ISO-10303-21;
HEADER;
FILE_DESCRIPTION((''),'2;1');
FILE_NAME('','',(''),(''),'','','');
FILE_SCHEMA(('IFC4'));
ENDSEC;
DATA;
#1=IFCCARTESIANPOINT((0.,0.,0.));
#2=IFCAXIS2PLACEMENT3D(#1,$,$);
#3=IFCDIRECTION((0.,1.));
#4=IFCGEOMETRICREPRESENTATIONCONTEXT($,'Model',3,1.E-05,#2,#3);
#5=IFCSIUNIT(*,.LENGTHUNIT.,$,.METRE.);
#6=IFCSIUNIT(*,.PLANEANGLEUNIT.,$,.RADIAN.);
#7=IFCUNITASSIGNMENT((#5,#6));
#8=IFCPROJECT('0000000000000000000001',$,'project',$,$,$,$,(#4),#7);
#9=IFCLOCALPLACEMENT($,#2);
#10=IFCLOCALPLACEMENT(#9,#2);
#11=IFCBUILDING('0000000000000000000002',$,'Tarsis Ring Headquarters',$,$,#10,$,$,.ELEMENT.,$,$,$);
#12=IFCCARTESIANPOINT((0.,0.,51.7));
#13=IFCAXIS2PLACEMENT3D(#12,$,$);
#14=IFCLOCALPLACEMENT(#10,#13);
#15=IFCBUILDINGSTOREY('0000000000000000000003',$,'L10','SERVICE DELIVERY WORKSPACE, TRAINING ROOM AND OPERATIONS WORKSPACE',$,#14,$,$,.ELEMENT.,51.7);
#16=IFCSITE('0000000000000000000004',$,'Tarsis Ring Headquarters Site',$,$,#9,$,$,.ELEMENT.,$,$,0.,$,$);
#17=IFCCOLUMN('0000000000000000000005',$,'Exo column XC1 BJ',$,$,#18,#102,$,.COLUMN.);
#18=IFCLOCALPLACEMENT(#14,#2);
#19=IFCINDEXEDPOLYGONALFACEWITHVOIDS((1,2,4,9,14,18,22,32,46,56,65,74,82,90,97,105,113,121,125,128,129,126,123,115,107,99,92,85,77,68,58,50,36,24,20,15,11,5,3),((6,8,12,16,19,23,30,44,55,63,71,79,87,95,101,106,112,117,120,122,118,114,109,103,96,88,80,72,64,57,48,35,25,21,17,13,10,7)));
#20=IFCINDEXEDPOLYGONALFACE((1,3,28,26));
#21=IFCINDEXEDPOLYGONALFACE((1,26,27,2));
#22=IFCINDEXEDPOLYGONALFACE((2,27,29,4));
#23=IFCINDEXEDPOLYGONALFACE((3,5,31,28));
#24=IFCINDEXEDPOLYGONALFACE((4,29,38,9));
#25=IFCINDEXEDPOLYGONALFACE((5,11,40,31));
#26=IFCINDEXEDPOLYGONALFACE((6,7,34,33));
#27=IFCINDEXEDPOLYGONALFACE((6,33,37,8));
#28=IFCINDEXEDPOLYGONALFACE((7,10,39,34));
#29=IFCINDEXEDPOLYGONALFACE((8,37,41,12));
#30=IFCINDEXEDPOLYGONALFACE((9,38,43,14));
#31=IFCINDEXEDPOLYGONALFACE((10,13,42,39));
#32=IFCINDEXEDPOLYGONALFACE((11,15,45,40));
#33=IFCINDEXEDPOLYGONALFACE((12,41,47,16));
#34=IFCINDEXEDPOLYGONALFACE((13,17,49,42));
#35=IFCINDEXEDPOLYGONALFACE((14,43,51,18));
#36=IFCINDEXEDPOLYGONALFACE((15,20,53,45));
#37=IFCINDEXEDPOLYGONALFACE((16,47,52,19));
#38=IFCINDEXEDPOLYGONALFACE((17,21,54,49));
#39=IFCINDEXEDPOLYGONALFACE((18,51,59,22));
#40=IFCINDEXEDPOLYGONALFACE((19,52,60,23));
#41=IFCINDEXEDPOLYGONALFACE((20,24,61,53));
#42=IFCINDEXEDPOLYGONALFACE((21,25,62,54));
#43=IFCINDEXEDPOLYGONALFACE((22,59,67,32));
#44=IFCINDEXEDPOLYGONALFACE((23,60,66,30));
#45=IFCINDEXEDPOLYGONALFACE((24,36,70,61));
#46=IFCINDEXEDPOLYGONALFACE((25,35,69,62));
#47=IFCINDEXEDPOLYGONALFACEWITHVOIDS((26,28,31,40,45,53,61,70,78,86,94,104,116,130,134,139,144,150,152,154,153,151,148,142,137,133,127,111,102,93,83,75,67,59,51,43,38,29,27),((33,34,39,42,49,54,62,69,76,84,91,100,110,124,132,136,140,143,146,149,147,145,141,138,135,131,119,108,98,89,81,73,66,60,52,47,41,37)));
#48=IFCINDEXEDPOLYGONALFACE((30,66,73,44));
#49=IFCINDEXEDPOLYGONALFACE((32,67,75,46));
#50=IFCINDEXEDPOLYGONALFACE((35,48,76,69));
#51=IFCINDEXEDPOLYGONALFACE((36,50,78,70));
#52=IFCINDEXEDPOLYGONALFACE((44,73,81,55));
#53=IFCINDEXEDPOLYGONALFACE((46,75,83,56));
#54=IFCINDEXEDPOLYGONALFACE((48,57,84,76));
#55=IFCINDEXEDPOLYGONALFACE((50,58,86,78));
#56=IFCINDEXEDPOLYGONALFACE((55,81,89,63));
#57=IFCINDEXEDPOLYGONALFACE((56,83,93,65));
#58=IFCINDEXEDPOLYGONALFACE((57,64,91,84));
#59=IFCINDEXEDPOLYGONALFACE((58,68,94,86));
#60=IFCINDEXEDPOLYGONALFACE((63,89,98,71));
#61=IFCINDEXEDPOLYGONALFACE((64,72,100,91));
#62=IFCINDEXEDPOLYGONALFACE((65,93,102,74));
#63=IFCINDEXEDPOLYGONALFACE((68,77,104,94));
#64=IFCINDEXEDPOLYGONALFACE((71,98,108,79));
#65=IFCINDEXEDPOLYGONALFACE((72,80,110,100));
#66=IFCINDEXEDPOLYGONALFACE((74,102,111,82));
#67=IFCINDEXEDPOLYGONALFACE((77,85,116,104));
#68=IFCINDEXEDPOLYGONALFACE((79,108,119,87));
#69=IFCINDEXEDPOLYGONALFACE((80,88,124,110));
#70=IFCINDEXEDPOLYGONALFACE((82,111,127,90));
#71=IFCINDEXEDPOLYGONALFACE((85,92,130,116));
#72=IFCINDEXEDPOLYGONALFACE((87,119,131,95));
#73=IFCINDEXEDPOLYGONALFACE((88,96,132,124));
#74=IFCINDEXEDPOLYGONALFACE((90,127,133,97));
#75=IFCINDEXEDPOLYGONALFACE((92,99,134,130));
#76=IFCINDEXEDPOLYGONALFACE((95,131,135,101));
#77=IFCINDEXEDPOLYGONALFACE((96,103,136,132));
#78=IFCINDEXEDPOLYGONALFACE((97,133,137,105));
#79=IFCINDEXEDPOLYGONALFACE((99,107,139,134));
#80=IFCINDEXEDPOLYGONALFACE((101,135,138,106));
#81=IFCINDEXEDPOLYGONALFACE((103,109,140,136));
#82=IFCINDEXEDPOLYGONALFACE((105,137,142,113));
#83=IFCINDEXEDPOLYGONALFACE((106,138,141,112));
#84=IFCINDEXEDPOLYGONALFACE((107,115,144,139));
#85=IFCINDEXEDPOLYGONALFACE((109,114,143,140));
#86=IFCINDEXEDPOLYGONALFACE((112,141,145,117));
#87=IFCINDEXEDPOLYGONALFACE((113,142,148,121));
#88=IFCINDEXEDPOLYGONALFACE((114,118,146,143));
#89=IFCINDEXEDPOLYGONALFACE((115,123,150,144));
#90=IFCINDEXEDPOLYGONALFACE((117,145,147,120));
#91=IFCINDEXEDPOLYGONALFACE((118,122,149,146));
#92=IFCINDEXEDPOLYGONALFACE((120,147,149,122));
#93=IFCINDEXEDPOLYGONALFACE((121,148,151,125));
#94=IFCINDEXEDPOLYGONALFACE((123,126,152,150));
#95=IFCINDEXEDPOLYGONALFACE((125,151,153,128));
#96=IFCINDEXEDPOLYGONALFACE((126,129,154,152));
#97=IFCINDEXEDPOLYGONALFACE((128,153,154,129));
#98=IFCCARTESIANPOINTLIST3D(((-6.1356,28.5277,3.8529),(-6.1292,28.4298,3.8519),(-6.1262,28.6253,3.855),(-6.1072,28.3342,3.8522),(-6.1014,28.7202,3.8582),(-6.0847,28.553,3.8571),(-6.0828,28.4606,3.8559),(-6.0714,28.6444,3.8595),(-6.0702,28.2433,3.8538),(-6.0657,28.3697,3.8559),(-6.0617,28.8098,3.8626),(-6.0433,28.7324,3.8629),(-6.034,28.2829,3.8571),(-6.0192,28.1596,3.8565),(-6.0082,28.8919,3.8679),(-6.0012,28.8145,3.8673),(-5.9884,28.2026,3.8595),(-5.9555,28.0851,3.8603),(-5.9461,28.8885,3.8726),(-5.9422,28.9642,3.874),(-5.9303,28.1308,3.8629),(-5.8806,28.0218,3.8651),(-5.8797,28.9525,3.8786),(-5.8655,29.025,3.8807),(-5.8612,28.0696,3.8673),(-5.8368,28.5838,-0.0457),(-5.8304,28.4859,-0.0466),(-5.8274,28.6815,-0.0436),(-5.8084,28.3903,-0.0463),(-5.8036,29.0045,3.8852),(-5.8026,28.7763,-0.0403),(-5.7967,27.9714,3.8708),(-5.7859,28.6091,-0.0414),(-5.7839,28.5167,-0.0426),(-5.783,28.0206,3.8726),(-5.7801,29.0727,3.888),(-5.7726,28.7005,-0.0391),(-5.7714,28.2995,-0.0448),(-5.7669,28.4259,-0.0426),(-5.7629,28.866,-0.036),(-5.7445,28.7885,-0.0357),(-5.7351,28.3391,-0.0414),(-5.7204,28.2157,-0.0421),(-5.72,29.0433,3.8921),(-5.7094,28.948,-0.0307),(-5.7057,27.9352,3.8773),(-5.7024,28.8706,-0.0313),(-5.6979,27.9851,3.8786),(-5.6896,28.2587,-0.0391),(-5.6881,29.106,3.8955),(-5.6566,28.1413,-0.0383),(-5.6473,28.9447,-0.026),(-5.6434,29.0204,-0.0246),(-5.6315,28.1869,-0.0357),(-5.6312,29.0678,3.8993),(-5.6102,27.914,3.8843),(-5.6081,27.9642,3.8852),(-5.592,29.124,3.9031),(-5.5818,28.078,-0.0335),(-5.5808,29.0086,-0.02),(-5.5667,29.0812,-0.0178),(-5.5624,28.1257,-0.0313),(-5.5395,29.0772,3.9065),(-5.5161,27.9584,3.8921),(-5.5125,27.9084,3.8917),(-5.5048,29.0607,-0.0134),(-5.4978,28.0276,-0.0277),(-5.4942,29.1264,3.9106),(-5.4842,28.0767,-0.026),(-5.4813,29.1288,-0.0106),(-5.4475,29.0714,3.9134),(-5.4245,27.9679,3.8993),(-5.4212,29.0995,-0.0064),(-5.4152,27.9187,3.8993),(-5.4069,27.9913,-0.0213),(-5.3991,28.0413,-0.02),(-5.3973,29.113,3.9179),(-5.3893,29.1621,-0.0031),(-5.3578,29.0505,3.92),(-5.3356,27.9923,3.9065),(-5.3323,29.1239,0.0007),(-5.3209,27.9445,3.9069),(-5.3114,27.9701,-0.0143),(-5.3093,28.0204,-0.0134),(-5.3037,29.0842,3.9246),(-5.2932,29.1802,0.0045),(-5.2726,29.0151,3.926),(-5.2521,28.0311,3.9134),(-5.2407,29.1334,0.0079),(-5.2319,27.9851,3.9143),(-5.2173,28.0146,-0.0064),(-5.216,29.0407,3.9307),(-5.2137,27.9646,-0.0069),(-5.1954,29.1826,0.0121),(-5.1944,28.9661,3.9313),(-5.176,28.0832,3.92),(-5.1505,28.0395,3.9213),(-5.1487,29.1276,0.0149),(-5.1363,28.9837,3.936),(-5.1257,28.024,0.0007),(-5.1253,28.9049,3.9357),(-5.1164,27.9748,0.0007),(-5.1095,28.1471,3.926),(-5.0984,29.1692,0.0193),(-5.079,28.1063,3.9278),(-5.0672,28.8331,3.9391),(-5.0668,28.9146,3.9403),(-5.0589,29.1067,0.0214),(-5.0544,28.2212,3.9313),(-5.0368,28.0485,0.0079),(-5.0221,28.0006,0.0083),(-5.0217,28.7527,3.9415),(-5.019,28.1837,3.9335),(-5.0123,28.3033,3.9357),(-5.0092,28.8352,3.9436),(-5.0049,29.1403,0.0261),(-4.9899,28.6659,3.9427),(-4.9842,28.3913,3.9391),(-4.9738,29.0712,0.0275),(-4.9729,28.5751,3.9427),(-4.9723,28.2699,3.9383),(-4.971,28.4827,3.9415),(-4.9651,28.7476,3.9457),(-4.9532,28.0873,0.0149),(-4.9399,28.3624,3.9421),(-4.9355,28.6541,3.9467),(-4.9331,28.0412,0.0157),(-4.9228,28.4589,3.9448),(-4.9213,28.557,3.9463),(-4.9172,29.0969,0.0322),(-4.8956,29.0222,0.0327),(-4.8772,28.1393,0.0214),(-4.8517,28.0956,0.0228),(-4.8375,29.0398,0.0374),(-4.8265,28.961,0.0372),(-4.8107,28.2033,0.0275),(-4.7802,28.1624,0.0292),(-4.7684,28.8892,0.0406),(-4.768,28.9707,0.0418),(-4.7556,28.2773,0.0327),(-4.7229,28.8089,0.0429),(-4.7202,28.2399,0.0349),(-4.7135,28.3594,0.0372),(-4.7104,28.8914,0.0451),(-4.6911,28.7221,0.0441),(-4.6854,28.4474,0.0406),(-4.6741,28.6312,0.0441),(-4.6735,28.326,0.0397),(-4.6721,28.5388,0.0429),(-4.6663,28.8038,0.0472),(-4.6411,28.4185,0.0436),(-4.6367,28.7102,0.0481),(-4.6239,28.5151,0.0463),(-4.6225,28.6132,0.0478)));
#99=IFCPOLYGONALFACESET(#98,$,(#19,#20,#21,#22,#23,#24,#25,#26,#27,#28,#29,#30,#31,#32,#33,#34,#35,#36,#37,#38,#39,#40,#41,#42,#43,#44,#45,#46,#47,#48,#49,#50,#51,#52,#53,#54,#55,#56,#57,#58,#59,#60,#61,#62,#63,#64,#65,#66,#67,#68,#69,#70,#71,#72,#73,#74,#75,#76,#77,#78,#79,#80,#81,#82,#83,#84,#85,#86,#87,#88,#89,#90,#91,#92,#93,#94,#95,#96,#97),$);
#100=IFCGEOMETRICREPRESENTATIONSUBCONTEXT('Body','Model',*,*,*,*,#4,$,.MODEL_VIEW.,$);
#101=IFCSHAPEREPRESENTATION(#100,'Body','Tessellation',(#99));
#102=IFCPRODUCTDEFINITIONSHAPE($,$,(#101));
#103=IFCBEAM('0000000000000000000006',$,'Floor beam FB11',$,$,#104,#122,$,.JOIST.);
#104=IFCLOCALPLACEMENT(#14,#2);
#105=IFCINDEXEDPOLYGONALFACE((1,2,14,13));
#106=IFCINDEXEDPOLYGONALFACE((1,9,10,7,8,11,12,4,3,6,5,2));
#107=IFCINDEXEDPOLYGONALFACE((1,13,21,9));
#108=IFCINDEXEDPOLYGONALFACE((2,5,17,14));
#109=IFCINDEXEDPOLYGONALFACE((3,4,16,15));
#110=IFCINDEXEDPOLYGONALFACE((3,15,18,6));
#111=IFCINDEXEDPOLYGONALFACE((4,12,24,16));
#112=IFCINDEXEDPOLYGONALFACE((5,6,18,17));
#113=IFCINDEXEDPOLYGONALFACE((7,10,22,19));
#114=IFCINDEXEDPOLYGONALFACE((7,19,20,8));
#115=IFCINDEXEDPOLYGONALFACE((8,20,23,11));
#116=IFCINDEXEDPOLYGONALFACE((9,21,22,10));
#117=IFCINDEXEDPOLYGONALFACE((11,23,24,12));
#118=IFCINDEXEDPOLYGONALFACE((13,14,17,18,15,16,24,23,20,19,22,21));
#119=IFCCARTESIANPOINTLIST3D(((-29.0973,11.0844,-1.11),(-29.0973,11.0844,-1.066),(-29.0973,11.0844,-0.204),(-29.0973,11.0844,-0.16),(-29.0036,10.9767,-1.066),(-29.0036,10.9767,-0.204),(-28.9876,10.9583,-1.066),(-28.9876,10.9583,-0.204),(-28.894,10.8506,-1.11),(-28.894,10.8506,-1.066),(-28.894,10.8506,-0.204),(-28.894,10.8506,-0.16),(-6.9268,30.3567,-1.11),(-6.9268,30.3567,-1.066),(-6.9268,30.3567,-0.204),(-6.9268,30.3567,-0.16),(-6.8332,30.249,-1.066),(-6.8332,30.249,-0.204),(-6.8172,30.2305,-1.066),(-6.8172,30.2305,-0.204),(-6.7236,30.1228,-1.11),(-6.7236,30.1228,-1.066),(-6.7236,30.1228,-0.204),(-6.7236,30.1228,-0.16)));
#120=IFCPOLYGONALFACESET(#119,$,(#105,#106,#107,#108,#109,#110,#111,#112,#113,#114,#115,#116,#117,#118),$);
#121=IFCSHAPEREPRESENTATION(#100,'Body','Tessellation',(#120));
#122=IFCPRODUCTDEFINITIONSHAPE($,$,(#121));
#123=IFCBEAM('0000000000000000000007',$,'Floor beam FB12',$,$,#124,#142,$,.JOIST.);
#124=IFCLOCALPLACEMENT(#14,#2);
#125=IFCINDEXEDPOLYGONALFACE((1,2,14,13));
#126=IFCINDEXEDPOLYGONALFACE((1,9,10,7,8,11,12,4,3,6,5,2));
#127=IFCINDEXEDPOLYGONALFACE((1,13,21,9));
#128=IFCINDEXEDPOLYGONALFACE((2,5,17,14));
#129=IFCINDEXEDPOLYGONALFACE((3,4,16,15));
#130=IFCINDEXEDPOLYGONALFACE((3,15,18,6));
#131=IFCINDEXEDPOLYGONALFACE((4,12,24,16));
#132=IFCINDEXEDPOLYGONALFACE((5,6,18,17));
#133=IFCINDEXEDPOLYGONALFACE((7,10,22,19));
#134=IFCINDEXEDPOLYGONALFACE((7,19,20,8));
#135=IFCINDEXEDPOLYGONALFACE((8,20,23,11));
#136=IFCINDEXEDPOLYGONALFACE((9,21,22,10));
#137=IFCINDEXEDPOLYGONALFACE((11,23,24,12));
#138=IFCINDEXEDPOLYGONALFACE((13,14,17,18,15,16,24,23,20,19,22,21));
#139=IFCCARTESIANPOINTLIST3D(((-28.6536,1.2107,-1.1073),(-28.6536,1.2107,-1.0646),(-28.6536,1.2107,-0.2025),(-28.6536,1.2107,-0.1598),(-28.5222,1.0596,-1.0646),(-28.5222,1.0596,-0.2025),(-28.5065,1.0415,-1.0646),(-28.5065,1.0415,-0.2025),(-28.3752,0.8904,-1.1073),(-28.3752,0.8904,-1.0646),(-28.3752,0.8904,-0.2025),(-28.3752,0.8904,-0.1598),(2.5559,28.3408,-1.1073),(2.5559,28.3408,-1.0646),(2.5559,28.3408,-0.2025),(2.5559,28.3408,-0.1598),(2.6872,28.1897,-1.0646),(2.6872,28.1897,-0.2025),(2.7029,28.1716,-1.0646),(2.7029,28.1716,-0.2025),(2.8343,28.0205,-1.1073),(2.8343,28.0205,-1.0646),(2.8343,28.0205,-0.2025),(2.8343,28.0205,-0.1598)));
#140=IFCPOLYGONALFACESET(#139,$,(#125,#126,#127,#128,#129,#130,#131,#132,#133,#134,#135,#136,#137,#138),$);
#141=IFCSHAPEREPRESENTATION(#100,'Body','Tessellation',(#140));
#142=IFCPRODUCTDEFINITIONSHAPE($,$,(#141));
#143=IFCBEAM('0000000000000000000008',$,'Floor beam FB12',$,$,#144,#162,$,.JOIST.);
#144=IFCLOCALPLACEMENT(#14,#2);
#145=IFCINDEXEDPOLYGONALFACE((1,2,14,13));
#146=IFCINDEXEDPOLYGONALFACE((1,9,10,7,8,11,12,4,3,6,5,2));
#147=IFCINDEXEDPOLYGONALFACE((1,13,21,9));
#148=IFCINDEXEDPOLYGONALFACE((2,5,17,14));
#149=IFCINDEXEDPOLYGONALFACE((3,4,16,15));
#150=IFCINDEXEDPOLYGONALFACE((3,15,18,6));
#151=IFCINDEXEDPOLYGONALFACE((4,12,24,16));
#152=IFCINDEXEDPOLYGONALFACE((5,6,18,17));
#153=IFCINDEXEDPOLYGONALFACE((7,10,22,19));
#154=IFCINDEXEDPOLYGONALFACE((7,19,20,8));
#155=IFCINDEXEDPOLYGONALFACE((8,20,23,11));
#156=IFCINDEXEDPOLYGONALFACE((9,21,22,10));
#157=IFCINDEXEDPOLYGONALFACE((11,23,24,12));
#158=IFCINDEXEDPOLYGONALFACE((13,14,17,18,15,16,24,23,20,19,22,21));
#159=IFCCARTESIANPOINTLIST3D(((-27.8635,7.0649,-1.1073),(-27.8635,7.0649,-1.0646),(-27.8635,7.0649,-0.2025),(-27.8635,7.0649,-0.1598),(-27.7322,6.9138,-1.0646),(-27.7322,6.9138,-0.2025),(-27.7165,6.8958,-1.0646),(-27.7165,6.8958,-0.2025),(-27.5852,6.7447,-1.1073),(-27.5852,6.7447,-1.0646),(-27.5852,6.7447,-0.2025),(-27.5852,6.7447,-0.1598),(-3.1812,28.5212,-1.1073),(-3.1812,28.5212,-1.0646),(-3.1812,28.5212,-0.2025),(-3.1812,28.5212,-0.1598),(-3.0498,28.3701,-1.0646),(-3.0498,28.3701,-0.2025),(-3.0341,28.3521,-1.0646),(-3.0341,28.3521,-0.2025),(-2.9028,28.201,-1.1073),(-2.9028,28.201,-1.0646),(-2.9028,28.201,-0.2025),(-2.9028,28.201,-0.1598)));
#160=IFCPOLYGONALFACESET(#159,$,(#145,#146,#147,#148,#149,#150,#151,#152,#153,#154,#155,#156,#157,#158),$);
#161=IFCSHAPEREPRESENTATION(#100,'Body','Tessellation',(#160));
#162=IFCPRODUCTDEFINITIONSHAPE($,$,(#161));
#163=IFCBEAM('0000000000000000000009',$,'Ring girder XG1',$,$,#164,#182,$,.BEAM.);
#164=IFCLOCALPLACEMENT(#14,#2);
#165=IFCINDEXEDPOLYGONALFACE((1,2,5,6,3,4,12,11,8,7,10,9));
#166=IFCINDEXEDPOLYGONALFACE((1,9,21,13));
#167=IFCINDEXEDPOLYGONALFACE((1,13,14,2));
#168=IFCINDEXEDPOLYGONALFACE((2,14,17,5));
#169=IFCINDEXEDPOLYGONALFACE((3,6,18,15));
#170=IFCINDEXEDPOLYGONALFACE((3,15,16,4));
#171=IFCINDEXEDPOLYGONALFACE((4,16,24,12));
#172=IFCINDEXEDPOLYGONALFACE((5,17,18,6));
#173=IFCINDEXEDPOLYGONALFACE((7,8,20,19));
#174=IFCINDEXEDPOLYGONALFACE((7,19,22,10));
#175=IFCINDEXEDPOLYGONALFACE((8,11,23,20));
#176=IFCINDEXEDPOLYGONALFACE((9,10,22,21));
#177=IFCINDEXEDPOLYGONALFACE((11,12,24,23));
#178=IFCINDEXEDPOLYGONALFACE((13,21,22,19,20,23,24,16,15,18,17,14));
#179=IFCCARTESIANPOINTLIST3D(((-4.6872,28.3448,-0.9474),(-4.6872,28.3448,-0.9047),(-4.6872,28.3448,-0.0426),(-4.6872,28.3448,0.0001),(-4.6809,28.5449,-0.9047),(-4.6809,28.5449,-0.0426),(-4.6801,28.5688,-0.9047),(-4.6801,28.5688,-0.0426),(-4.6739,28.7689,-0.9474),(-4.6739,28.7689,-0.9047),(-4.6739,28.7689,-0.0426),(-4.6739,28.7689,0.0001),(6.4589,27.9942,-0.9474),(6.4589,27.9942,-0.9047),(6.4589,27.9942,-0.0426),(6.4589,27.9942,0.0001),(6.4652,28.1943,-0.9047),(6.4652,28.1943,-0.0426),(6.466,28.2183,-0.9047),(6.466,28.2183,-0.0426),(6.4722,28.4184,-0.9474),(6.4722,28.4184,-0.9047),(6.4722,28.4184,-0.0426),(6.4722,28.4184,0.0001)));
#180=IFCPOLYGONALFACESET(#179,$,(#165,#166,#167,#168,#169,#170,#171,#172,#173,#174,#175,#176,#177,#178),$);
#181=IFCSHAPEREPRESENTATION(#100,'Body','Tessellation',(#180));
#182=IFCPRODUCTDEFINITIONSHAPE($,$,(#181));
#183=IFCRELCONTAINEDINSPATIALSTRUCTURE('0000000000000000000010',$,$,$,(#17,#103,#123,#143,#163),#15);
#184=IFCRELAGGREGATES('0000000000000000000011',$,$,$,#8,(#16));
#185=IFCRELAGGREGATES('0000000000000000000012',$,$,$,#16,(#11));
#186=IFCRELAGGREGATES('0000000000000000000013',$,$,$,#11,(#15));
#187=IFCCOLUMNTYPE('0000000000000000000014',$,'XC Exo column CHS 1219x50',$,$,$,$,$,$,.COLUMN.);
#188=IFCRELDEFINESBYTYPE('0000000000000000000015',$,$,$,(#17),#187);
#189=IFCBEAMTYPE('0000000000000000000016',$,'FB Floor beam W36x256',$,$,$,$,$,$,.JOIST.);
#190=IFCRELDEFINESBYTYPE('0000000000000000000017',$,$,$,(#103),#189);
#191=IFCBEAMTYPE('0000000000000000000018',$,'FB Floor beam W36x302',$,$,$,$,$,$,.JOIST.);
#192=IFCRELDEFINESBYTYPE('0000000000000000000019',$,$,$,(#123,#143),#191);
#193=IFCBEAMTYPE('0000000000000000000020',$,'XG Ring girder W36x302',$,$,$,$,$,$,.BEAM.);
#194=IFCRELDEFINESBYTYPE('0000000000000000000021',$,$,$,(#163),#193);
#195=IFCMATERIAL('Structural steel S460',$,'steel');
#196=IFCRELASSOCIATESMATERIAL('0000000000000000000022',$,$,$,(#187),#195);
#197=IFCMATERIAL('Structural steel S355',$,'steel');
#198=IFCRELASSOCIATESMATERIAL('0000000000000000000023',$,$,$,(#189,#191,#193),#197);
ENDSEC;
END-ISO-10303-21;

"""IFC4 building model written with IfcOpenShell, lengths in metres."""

from ifc_helpers import new_model, si_unit, direction, frame, origin, origin_2d, place, context, subcontext, project, spatial, hollow_circle, i_section, extrude, material, material_profile, profile_set, type_object, element, save


model = new_model("IFC4")

# Units and contexts
model_context = context("Model", 3, precision=1e-05, world=origin(), true_north=direction((0.0, 1.0)))
body_context = subcontext(model_context, "Body", "Model", "MODEL_VIEW")
ifc_project = project(units=[si_unit("LENGTHUNIT", "METRE"), si_unit("PLANEANGLEUNIT", "RADIAN")], contexts=[model_context])

# Site, building, storey
site_placement = place(None, origin())
site = spatial("IfcSite", under=ifc_project, at=site_placement, Name="Tarsis Ring Headquarters Site", CompositionType="ELEMENT", RefElevation=0.0)
building_placement = place(site_placement, origin())
building = spatial("IfcBuilding", under=site, at=building_placement, Name="Tarsis Ring Headquarters", CompositionType="ELEMENT")
storey_placement = place(building_placement, frame((0.0, 0.0, 51.7)))
storey = spatial("IfcBuildingStorey", under=building, at=storey_placement, Name="L10", Description="SERVICE DELIVERY WORKSPACE, TRAINING ROOM AND OPERATIONS WORKSPACE", CompositionType="ELEMENT", Elevation=51.7)

# Column
ifc_material_1 = material(Name="Structural steel S460", Category="steel")
ifc_material_profile_1 = material_profile(ifc_material_1, hollow_circle(Radius=0.6096, WallThickness=0.05, at=origin_2d()), Name="CHS 1219x50")
ifc_profile_set_1 = profile_set([ifc_material_profile_1], Name="Structural steel S460")
column_type = type_object("IfcColumnType", Name="XC Exo column CHS 1219x50", PredefinedType="COLUMN", material=ifc_profile_set_1)
column_placement = place(storey_placement, frame((-5.229, 28.574, 0.0007), z_axis=(-0.076416, -0.014359, 0.996973), x_axis=(0.184676, -0.982799, 0.0)))
element("IfcColumn", 1, at=column_placement, inside=storey, type_object=column_type, Name="Exo column XC1 BJ", PredefinedType="COLUMN", context=body_context, shape_type="SweptSolid", body=[
    extrude(hollow_circle(Radius=0.6096, WallThickness=0.05, at=origin_2d()), origin(), (0.0, 0.0, 1.0), 3.9104),
])

# Beams
ifc_material_2 = material(Name="Structural steel S355", Category="steel")
ifc_material_profile_2 = material_profile(ifc_material_2, i_section(OverallWidth=0.3098, OverallDepth=0.95, WebThickness=0.0244, FlangeThickness=0.0439, at=origin_2d()), Name="W36x256")
ifc_profile_set_2 = profile_set([ifc_material_profile_2], Name="Structural steel S355")
beam_type_1 = type_object("IfcBeamType", Name="FB Floor beam W36x256", PredefinedType="JOIST", material=ifc_profile_set_2)
beam_1_placement = place(storey_placement, frame((-6.8252, 30.2397, -0.635), z_axis=(-0.754713, -0.656055, 0.0), x_axis=(0.656055, -0.754713, 0.0)))
element("IfcBeam", 2, at=beam_1_placement, inside=storey, type_object=beam_type_1, Name="Floor beam FB11", PredefinedType="JOIST", context=body_context, shape_type="SweptSolid", body=[
    extrude(i_section(OverallWidth=0.3098, OverallDepth=0.95, WebThickness=0.0244, FlangeThickness=0.0439, at=origin_2d()), origin(), (0.0, 0.0, 1.0), 29.376),
])
ifc_material_profile_3 = material_profile(ifc_material_2, i_section(OverallWidth=0.4243, OverallDepth=0.9475, WebThickness=0.0239, FlangeThickness=0.0427, at=origin_2d()), Name="W36x302")
ifc_profile_set_3 = profile_set([ifc_material_profile_3], Name="Structural steel S355")
beam_type_2 = type_object("IfcBeamType", Name="FB Floor beam W36x302", PredefinedType="JOIST", material=ifc_profile_set_3)
beam_2_placement = place(storey_placement, frame((2.6951, 28.1807, -0.6335), z_axis=(-0.754708, -0.656061, 0.0), x_axis=(0.656061, -0.754708, 0.0)))
element("IfcBeam", 3, at=beam_2_placement, inside=storey, type_object=beam_type_2, Name="Floor beam FB12", PredefinedType="JOIST", context=body_context, shape_type="SweptSolid", body=[
    extrude(i_section(OverallWidth=0.4243, OverallDepth=0.9475, WebThickness=0.0239, FlangeThickness=0.0427, at=origin_2d()), origin(), (0.0, 0.0, 1.0), 41.353),
])
beam_3_placement = place(storey_placement, frame((-3.042, 28.3611, -0.6335), z_axis=(-0.754706, -0.656063, 0.0), x_axis=(0.656063, -0.754706, 0.0)))
element("IfcBeam", 4, at=beam_3_placement, inside=storey, type_object=beam_type_2, Name="Floor beam FB12", PredefinedType="JOIST", context=body_context, shape_type="SweptSolid", body=[
    extrude(i_section(OverallWidth=0.4243, OverallDepth=0.9475, WebThickness=0.0239, FlangeThickness=0.0427, at=origin_2d()), origin(), (0.0, 0.0, 1.0), 32.7046),
])
beam_type_3 = type_object("IfcBeamType", Name="XG Ring girder W36x302", PredefinedType="BEAM", material=ifc_profile_set_3)
beam_4_placement = place(storey_placement, frame((6.4656, 28.2063, -0.4736), z_axis=(-0.999506, 0.031438, 0.0), x_axis=(-0.031438, -0.999506, 0.0)))
element("IfcBeam", 5, at=beam_4_placement, inside=storey, type_object=beam_type_3, Name="Ring girder XG1", PredefinedType="BEAM", context=body_context, shape_type="SweptSolid", body=[
    extrude(i_section(OverallWidth=0.4243, OverallDepth=0.9475, WebThickness=0.0239, FlangeThickness=0.0427, at=origin_2d()), origin(), (0.0, 0.0, 1.0), 11.1516),
])

save(model, "model.ifc")
